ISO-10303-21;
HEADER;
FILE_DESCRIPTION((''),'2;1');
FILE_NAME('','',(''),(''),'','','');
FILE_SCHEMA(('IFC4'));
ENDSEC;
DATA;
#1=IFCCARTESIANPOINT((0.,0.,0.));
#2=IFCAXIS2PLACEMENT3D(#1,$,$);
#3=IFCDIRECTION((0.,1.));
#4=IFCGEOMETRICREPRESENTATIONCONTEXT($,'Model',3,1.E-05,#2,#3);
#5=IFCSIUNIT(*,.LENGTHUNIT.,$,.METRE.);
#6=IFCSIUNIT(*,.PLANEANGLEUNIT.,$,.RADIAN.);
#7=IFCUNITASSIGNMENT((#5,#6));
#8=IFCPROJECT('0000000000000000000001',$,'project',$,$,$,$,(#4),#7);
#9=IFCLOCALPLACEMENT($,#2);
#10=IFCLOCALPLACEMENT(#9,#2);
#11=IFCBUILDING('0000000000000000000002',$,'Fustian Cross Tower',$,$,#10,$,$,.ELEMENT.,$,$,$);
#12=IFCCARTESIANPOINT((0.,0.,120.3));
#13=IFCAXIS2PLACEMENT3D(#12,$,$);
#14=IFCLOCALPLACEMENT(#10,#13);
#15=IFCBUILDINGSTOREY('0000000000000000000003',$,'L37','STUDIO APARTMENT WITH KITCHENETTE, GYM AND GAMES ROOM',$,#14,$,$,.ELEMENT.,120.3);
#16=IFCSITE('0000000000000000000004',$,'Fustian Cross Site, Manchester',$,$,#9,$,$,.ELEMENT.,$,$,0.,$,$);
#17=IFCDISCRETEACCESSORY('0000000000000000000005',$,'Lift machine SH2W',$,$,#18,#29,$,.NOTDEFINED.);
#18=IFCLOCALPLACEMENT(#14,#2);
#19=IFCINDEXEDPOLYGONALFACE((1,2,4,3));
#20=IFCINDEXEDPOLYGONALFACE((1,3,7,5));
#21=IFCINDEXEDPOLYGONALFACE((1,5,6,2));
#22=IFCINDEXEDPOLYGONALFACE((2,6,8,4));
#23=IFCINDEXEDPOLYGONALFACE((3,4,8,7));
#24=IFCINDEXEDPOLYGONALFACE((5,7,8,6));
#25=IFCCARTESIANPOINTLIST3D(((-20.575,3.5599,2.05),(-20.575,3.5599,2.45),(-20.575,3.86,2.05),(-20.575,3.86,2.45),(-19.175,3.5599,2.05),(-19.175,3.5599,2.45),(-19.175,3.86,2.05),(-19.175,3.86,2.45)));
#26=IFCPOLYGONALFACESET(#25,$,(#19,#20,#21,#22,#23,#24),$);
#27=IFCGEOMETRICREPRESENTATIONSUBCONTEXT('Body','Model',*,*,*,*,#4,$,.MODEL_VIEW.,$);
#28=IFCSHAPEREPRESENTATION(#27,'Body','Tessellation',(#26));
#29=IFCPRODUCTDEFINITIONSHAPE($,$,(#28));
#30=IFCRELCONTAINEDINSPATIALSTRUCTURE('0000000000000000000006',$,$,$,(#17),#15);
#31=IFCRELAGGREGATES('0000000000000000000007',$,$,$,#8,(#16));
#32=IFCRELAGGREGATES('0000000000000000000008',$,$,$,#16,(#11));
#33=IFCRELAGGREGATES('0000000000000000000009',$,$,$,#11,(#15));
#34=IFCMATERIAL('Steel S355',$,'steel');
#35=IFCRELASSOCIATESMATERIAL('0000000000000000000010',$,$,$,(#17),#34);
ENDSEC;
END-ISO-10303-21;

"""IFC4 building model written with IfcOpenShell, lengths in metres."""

from ifc_helpers import new_model, si_unit, direction, frame, origin, origin_2d, place, context, subcontext, project, spatial, rectangle, extrude, material, element, save


model = new_model("IFC4")

# Units and contexts
model_context = context("Model", 3, precision=1e-05, world=origin(), true_north=direction((0.0, 1.0)))
body_context = subcontext(model_context, "Body", "Model", "MODEL_VIEW")
ifc_project = project(units=[si_unit("LENGTHUNIT", "METRE"), si_unit("PLANEANGLEUNIT", "RADIAN")], contexts=[model_context])

# Site, building, storey
site_placement = place(None, origin())
site = spatial("IfcSite", under=ifc_project, at=site_placement, Name="Fustian Cross Site, Manchester", CompositionType="ELEMENT", RefElevation=0.0)
building_placement = place(site_placement, origin())
building = spatial("IfcBuilding", under=site, at=building_placement, Name="Fustian Cross Tower", CompositionType="ELEMENT")
storey_placement = place(building_placement, frame((0.0, 0.0, 120.3)))
storey = spatial("IfcBuildingStorey", under=building, at=storey_placement, Name="L37", Description="STUDIO APARTMENT WITH KITCHENETTE, GYM AND GAMES ROOM", CompositionType="ELEMENT", Elevation=120.3)

# Discrete accessory
ifc_material_1 = material(Name="Steel S355", Category="steel")
for number, where, z_axis, x_axis, name in (
    (1, (-19.875, 3.71, 2.05), (0.0, 0.0, 1.0), (1.0, 0.0, 0.0), "Lift machine SH2W"),
):
    element("IfcDiscreteAccessory", number, at=place(storey_placement, frame(where, z_axis=z_axis, x_axis=x_axis)), inside=storey, material=ifc_material_1, Name=name, PredefinedType="NOTDEFINED", context=body_context, shape_type="SweptSolid", body=[
        extrude(rectangle(XDim=1.3999, YDim=0.3, at=origin_2d()), origin(), (0.0, 0.0, 1.0), 0.3999),
    ])

save(model, "model.ifc")
